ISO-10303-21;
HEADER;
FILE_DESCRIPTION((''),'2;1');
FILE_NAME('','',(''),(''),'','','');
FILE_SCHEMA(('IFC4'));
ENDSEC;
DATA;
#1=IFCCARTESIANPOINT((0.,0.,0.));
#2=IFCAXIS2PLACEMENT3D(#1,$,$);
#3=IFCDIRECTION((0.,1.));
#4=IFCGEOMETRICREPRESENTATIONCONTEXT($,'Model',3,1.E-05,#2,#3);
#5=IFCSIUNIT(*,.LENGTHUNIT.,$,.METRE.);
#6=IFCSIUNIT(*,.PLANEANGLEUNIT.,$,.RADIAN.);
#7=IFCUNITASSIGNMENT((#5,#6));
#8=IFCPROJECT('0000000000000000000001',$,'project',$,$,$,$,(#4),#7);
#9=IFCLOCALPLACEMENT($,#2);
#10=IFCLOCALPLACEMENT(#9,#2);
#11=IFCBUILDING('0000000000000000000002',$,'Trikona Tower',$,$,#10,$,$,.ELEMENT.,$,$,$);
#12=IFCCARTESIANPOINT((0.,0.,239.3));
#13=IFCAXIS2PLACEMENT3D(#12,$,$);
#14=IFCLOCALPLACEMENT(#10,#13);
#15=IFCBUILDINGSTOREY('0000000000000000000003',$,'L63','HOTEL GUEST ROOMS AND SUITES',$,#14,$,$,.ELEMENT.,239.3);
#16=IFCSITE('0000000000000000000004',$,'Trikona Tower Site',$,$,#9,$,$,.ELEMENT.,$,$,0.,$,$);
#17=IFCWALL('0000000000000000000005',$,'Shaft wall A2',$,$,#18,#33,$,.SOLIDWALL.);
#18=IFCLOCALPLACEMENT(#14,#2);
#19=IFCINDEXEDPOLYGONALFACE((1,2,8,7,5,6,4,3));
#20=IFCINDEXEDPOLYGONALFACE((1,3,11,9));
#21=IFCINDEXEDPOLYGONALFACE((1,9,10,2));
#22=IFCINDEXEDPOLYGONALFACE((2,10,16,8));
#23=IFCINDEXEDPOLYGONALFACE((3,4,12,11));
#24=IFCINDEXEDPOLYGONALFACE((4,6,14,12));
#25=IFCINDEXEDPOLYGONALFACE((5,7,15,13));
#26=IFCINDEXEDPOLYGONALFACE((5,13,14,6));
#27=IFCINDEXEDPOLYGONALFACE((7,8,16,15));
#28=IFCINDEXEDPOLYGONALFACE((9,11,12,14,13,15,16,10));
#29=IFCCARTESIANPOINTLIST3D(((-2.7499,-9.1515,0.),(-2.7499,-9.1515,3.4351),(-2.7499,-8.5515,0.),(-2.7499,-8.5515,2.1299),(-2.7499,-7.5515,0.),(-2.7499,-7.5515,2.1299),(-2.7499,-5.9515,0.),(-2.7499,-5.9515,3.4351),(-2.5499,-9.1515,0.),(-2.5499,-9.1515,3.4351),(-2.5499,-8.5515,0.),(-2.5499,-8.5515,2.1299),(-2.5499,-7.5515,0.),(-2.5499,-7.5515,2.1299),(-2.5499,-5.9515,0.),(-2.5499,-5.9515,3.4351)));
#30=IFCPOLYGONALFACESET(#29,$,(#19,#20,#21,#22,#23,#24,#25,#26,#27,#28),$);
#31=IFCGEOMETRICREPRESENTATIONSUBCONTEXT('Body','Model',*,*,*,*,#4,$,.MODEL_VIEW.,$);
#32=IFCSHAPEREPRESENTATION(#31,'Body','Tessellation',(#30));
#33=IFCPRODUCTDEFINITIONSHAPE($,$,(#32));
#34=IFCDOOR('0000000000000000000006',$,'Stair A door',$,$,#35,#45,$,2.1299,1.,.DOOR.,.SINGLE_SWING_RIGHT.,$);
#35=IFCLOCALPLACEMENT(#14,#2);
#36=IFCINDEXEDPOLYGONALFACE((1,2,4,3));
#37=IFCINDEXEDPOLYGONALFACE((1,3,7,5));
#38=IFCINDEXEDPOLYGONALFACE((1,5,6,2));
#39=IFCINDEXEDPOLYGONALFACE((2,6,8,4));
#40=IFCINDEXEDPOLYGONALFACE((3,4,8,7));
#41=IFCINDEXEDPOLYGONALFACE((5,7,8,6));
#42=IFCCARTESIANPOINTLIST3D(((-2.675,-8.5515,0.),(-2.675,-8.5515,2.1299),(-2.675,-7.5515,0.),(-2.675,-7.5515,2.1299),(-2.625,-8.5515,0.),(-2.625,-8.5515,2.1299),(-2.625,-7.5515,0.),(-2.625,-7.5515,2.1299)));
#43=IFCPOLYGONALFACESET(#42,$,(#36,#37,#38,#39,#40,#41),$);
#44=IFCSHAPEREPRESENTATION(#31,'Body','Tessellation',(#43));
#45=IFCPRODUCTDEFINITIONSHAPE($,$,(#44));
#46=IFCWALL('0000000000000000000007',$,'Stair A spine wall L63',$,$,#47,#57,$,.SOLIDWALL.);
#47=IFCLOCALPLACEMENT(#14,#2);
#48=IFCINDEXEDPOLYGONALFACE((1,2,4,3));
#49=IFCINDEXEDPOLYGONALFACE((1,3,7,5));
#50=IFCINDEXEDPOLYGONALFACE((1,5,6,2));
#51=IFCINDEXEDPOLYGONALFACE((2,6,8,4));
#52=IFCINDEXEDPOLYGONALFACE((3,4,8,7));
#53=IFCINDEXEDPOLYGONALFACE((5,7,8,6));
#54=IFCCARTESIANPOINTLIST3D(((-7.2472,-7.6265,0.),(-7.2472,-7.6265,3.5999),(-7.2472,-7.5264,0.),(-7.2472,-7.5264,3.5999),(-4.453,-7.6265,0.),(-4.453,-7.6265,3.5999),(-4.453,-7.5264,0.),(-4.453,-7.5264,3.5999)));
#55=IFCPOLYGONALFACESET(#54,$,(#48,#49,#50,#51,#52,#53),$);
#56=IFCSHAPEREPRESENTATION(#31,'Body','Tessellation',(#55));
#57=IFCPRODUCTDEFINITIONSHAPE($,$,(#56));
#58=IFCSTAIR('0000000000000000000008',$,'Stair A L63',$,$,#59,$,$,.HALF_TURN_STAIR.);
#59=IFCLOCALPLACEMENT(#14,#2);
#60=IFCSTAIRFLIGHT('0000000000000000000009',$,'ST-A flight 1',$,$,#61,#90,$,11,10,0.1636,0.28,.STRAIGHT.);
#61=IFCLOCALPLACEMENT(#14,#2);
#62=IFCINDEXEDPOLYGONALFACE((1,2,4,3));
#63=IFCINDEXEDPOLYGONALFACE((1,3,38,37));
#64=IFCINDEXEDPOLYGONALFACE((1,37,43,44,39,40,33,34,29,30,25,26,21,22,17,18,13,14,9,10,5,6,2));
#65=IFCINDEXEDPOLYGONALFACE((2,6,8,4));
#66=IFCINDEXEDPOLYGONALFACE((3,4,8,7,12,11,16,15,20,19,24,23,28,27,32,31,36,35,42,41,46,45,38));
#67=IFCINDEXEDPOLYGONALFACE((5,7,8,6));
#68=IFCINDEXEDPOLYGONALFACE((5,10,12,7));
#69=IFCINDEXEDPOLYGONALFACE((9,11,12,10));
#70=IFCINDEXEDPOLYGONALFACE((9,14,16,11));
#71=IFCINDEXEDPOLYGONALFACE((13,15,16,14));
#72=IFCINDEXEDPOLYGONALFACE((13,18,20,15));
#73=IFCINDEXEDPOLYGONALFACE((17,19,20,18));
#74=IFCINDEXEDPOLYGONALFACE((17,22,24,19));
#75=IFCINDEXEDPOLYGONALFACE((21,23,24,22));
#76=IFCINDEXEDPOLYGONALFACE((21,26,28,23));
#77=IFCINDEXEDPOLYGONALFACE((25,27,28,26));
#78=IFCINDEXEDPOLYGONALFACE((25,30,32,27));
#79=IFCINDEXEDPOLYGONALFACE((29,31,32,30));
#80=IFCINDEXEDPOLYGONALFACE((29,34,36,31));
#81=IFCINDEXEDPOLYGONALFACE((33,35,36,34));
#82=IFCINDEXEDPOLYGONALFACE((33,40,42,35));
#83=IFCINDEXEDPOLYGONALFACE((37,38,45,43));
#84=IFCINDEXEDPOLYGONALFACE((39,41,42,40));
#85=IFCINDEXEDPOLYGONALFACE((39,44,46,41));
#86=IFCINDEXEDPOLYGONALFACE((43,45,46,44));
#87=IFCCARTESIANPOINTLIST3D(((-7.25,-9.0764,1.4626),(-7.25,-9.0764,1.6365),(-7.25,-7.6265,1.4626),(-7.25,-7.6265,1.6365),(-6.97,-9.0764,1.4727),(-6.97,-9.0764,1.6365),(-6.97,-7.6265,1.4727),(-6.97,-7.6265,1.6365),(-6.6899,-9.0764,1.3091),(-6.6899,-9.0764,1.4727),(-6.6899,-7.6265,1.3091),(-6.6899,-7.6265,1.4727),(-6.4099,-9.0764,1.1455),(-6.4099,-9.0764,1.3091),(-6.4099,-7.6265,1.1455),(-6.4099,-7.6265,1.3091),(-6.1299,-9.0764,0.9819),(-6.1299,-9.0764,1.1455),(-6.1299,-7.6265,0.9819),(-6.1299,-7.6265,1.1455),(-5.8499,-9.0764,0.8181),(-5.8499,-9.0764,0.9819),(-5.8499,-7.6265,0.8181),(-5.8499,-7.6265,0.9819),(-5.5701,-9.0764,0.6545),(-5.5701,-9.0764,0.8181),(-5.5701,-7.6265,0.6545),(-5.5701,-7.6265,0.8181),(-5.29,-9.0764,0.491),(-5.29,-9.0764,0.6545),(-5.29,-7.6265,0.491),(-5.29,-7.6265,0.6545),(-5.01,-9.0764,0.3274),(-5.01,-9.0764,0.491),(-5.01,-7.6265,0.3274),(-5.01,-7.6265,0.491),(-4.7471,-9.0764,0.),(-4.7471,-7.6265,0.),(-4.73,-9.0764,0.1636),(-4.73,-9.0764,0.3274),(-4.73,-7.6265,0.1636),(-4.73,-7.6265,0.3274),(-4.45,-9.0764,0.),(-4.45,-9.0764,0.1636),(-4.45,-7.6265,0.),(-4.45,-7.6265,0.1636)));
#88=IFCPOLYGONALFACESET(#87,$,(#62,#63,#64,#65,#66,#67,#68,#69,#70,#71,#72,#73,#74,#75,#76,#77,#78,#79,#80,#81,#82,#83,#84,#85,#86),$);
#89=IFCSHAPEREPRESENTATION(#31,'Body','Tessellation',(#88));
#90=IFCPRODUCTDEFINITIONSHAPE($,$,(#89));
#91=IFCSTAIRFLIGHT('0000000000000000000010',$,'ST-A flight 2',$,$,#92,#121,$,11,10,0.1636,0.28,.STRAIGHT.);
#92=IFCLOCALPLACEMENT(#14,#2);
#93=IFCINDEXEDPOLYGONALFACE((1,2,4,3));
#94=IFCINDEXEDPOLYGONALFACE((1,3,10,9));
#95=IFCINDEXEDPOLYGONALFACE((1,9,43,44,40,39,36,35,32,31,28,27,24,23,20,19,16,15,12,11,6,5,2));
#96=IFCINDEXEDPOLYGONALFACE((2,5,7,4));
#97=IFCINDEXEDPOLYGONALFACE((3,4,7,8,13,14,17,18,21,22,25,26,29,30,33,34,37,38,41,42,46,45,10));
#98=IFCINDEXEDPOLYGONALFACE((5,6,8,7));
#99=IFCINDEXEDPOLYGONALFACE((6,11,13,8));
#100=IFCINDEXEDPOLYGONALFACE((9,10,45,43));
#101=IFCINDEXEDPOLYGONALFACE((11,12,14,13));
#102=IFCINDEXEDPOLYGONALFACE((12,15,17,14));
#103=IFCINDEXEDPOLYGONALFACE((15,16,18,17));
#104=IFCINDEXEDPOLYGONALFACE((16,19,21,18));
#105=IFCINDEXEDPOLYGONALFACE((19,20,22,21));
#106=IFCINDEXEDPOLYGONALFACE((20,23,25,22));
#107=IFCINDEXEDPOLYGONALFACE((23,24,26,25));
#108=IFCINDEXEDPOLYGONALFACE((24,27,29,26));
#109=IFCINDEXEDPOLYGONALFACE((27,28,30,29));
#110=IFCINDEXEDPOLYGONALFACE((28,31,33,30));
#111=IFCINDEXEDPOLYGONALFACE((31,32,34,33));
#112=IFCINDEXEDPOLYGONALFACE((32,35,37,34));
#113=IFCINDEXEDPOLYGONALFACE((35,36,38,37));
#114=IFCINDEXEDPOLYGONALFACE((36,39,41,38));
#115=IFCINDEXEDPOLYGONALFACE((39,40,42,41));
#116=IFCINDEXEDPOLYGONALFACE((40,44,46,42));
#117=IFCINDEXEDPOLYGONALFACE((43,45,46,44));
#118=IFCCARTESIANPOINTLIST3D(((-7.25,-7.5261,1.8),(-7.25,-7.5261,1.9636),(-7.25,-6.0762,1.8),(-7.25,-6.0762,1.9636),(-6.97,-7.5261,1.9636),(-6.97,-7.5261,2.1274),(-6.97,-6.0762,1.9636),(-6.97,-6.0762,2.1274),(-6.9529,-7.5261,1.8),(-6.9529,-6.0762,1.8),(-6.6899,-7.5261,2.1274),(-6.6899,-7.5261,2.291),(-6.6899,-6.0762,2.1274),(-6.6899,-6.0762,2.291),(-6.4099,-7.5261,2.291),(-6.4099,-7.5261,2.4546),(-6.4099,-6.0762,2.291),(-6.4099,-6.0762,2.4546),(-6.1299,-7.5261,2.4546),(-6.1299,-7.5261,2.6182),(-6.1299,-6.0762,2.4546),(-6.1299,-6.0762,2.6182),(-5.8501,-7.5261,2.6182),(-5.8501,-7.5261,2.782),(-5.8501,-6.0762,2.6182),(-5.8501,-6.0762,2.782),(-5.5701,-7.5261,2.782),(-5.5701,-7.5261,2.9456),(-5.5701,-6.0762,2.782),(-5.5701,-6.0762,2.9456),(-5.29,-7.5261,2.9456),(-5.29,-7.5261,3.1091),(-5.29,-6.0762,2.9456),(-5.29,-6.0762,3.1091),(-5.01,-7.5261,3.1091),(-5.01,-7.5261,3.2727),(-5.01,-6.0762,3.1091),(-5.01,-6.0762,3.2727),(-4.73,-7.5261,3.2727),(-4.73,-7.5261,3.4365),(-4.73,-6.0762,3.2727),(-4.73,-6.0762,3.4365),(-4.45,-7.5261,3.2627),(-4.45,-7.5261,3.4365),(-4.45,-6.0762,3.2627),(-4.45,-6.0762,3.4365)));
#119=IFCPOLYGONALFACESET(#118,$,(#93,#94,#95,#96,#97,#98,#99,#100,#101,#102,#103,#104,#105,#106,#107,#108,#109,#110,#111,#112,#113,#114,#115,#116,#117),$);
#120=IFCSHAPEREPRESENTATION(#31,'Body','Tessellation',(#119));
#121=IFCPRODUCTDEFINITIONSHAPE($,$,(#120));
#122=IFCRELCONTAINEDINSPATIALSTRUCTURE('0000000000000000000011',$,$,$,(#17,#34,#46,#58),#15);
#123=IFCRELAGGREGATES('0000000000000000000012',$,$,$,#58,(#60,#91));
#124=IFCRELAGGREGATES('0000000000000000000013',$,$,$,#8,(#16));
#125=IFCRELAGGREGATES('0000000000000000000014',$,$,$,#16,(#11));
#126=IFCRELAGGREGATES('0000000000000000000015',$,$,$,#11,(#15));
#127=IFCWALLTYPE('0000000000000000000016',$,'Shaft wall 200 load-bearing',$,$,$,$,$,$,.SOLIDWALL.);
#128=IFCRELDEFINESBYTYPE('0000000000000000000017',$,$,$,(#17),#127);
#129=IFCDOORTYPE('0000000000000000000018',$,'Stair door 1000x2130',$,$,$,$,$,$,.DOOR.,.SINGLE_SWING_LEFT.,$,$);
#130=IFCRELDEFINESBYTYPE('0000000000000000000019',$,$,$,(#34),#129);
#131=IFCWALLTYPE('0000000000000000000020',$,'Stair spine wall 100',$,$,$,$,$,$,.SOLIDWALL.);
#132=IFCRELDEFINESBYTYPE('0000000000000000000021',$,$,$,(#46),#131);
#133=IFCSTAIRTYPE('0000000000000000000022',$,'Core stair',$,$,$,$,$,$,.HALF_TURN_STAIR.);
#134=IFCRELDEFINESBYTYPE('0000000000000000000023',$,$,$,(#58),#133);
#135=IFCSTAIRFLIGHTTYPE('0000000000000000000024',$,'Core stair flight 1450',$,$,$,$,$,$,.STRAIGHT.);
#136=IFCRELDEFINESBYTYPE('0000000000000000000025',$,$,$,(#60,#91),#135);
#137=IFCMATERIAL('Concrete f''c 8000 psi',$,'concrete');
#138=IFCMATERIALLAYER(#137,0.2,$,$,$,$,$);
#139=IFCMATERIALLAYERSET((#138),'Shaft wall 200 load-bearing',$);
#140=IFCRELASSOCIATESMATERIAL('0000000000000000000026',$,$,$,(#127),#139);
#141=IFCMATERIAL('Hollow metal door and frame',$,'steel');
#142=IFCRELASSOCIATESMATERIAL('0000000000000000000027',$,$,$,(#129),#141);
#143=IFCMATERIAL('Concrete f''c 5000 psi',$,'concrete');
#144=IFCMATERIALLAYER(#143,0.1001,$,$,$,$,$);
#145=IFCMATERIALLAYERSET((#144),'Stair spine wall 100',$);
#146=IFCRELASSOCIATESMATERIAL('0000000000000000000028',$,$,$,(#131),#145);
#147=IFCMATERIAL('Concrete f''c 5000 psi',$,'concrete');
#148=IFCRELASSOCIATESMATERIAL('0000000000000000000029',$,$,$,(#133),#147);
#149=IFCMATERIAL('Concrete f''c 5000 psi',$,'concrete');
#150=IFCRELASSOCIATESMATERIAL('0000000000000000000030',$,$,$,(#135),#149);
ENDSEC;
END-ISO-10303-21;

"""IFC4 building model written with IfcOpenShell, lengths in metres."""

from ifc_helpers import new_model, si_unit, direction, frame, frame_2d, origin, place, context, subcontext, project, spatial, polyline, rectangle, outline, extrude, material, layer, layer_set, type_object, element, fill, aggregate, save


model = new_model("IFC4")

# Units and contexts
model_context = context("Model", 3, precision=1e-05, world=origin(), true_north=direction((0.0, 1.0)))
body_context = subcontext(model_context, "Body", "Model", "MODEL_VIEW")
ifc_project = project(units=[si_unit("LENGTHUNIT", "METRE"), si_unit("PLANEANGLEUNIT", "RADIAN")], contexts=[model_context])

# Site, building, storey
site_placement = place(None, origin())
site = spatial("IfcSite", under=ifc_project, at=site_placement, Name="Trikona Tower Site", CompositionType="ELEMENT", RefElevation=0.0)
building_placement = place(site_placement, origin())
building = spatial("IfcBuilding", under=site, at=building_placement, Name="Trikona Tower", CompositionType="ELEMENT")
storey_placement = place(building_placement, frame((0.0, 0.0, 239.3)))
storey = spatial("IfcBuildingStorey", under=building, at=storey_placement, Name="L63", Description="HOTEL GUEST ROOMS AND SUITES", CompositionType="ELEMENT", Elevation=239.3)

# Shared definitions
ifc_material_1 = material(Name="Concrete f'c 8000 psi", Category="concrete")
ifc_layer_1 = layer(ifc_material_1, 0.2)
ifc_layer_set_1 = layer_set([ifc_layer_1], Name="Shaft wall 200 load-bearing")
wall_type_1 = type_object("IfcWallType", Name="Shaft wall 200 load-bearing", PredefinedType="SOLIDWALL", material=ifc_layer_set_1)

# Wall, opening, door
wall_1_placement = place(storey_placement, frame((-2.6499, -5.9514, 0.0), z_axis=(0.0, 0.0, 1.0), x_axis=(0.0, -1.0, 0.0)))
wall_1 = element("IfcWall", 1, at=wall_1_placement, inside=storey, type_object=wall_type_1, Name="Shaft wall A2", PredefinedType="SOLIDWALL", context=body_context, shape_type="SweptSolid", body=[
    extrude(rectangle(XDim=3.2, YDim=0.2, at=frame_2d((1.6001, 0.0))), origin(), (0.0, 0.0, 1.0), 3.4351),
])
opening_1_placement = place(wall_1_placement, frame((1.6001, 0.0, 0.0)))
opening_1 = element("IfcOpeningElement", 2, at=opening_1_placement, cuts=wall_1, PredefinedType="OPENING", context=body_context, shape_type="SweptSolid", body=[
    extrude(rectangle(XDim=1.0, YDim=2.1299, at=frame_2d((0.5, 1.0649))), frame((0.0, 0.1099, 0.0), z_axis=(0.0, -1.0, 0.0), x_axis=(1.0, 0.0, 0.0)), (0.0, 0.0, 1.0), 0.22),
])
ifc_material_2 = material(Name="Hollow metal door and frame", Category="steel")
door_type_1 = type_object("IfcDoorType", Name="Stair door 1000x2130", OperationType="SINGLE_SWING_LEFT", PredefinedType="DOOR", material=ifc_material_2)
door_1_placement = place(opening_1_placement, origin())
door_1 = element("IfcDoor", 3, at=door_1_placement, inside=storey, type_object=door_type_1, Name="Stair A door", OperationType="SINGLE_SWING_RIGHT", OverallHeight=2.1299, OverallWidth=1.0, PredefinedType="DOOR", context=body_context, shape_type="SweptSolid", body=[
    extrude(rectangle(XDim=1.0, YDim=2.1299, at=frame_2d((0.5, 1.0649))), frame((0.0, 0.0249, 0.0), z_axis=(0.0, -1.0, 0.0), x_axis=(1.0, 0.0, 0.0)), (0.0, 0.0, 1.0), 0.05),
])
fill(opening_1, door_1)

# Wall
ifc_material_3 = material(Name="Concrete f'c 5000 psi", Category="concrete")
ifc_layer_2 = layer(ifc_material_3, 0.1001)
ifc_layer_set_2 = layer_set([ifc_layer_2], Name="Stair spine wall 100")
wall_type_2 = type_object("IfcWallType", Name="Stair spine wall 100", PredefinedType="SOLIDWALL", material=ifc_layer_set_2)
wall_2_placement = place(storey_placement, frame((-7.2471, -7.5764, 0.0), z_axis=(0.0, 0.0, 1.0), x_axis=(1.0, 0.0, 0.0)))
element("IfcWall", 4, at=wall_2_placement, inside=storey, type_object=wall_type_2, Name="Stair A spine wall L63", PredefinedType="SOLIDWALL", context=body_context, shape_type="SweptSolid", body=[
    extrude(rectangle(XDim=2.7942, YDim=0.1001, at=frame_2d((1.397, 0.0))), origin(), (0.0, 0.0, 1.0), 3.5999),
])

# Stair, stair flights
ifc_material_4 = material(Name="Concrete f'c 5000 psi", Category="concrete")
stair_type = type_object("IfcStairType", Name="Core stair", PredefinedType="HALF_TURN_STAIR", material=ifc_material_4)
stair_placement = place(storey_placement, origin())
stair = element("IfcStair", 5, at=stair_placement, inside=storey, type_object=stair_type, Name="Stair A L63", PredefinedType="HALF_TURN_STAIR")
ifc_material_5 = material(Name="Concrete f'c 5000 psi", Category="concrete")
stair_flight_type = type_object("IfcStairFlightType", Name="Core stair flight 1450", PredefinedType="STRAIGHT", material=ifc_material_5)
stair_flight_1_placement = place(storey_placement, frame((-4.45, -8.3513, 0.0), z_axis=(0.0, 0.0, 1.0), x_axis=(-1.0, 0.0, 0.0)))
stair_flight_1 = element("IfcStairFlight", 6, at=stair_flight_1_placement, type_object=stair_flight_type, Name="ST-A flight 1", NumberOfRisers=11, NumberOfTreads=10, PredefinedType="STRAIGHT", RiserHeight=0.1636, TreadLength=0.28, context=body_context, shape_type="SweptSolid", body=[
    extrude(outline(polyline([(0.0, 0.0), (0.0, 0.1636), (0.28, 0.1636), (0.28, 0.3274), (0.5601, 0.3274), (0.5601, 0.491), (0.8401, 0.491), (0.8401, 0.6545), (1.1201, 0.6545), (1.1201, 0.8181), (1.3999, 0.8181), (1.3999, 0.9819), (1.6799, 0.9819), (1.6799, 1.1455), (1.96, 1.1455), (1.96, 1.3091), (2.24, 1.3091), (2.24, 1.4727), (2.52, 1.4727), (2.52, 1.6365), (2.8, 1.6365), (2.8, 1.8), (2.8, 1.4626), (0.2971, 0.0), (0.0, 0.0)])), frame((0.0, 0.7251, 0.0), z_axis=(0.0, -1.0, 0.0), x_axis=(1.0, 0.0, 0.0)), (0.0, 0.0, 1.0), 1.45),
])
stair_flight_2_placement = place(storey_placement, frame((-7.25, -6.8013, 1.8), z_axis=(0.0, 0.0, 1.0), x_axis=(1.0, 0.0, 0.0)))
stair_flight_2 = element("IfcStairFlight", 7, at=stair_flight_2_placement, type_object=stair_flight_type, Name="ST-A flight 2", NumberOfRisers=11, NumberOfTreads=10, PredefinedType="STRAIGHT", RiserHeight=0.1636, TreadLength=0.28, context=body_context, shape_type="SweptSolid", body=[
    extrude(outline(polyline([(0.0, 0.0), (0.0, 0.1636), (0.28, 0.1636), (0.28, 0.3274), (0.5601, 0.3274), (0.5601, 0.491), (0.8401, 0.491), (0.8401, 0.6545), (1.1201, 0.6545), (1.1201, 0.8181), (1.3999, 0.8181), (1.3999, 0.9819), (1.6799, 0.9819), (1.6799, 1.1455), (1.96, 1.1455), (1.96, 1.3091), (2.24, 1.3091), (2.24, 1.4727), (2.52, 1.4727), (2.52, 1.6365), (2.8, 1.6365), (2.8, 1.8), (2.8, 1.4626), (0.2971, 0.0), (0.0, 0.0)])), frame((0.0, 0.7251, 0.0), z_axis=(0.0, -1.0, 0.0), x_axis=(1.0, 0.0, 0.0)), (0.0, 0.0, 1.0), 1.45),
])
aggregate(stair, [stair_flight_1, stair_flight_2])

save(model, "model.ifc")
